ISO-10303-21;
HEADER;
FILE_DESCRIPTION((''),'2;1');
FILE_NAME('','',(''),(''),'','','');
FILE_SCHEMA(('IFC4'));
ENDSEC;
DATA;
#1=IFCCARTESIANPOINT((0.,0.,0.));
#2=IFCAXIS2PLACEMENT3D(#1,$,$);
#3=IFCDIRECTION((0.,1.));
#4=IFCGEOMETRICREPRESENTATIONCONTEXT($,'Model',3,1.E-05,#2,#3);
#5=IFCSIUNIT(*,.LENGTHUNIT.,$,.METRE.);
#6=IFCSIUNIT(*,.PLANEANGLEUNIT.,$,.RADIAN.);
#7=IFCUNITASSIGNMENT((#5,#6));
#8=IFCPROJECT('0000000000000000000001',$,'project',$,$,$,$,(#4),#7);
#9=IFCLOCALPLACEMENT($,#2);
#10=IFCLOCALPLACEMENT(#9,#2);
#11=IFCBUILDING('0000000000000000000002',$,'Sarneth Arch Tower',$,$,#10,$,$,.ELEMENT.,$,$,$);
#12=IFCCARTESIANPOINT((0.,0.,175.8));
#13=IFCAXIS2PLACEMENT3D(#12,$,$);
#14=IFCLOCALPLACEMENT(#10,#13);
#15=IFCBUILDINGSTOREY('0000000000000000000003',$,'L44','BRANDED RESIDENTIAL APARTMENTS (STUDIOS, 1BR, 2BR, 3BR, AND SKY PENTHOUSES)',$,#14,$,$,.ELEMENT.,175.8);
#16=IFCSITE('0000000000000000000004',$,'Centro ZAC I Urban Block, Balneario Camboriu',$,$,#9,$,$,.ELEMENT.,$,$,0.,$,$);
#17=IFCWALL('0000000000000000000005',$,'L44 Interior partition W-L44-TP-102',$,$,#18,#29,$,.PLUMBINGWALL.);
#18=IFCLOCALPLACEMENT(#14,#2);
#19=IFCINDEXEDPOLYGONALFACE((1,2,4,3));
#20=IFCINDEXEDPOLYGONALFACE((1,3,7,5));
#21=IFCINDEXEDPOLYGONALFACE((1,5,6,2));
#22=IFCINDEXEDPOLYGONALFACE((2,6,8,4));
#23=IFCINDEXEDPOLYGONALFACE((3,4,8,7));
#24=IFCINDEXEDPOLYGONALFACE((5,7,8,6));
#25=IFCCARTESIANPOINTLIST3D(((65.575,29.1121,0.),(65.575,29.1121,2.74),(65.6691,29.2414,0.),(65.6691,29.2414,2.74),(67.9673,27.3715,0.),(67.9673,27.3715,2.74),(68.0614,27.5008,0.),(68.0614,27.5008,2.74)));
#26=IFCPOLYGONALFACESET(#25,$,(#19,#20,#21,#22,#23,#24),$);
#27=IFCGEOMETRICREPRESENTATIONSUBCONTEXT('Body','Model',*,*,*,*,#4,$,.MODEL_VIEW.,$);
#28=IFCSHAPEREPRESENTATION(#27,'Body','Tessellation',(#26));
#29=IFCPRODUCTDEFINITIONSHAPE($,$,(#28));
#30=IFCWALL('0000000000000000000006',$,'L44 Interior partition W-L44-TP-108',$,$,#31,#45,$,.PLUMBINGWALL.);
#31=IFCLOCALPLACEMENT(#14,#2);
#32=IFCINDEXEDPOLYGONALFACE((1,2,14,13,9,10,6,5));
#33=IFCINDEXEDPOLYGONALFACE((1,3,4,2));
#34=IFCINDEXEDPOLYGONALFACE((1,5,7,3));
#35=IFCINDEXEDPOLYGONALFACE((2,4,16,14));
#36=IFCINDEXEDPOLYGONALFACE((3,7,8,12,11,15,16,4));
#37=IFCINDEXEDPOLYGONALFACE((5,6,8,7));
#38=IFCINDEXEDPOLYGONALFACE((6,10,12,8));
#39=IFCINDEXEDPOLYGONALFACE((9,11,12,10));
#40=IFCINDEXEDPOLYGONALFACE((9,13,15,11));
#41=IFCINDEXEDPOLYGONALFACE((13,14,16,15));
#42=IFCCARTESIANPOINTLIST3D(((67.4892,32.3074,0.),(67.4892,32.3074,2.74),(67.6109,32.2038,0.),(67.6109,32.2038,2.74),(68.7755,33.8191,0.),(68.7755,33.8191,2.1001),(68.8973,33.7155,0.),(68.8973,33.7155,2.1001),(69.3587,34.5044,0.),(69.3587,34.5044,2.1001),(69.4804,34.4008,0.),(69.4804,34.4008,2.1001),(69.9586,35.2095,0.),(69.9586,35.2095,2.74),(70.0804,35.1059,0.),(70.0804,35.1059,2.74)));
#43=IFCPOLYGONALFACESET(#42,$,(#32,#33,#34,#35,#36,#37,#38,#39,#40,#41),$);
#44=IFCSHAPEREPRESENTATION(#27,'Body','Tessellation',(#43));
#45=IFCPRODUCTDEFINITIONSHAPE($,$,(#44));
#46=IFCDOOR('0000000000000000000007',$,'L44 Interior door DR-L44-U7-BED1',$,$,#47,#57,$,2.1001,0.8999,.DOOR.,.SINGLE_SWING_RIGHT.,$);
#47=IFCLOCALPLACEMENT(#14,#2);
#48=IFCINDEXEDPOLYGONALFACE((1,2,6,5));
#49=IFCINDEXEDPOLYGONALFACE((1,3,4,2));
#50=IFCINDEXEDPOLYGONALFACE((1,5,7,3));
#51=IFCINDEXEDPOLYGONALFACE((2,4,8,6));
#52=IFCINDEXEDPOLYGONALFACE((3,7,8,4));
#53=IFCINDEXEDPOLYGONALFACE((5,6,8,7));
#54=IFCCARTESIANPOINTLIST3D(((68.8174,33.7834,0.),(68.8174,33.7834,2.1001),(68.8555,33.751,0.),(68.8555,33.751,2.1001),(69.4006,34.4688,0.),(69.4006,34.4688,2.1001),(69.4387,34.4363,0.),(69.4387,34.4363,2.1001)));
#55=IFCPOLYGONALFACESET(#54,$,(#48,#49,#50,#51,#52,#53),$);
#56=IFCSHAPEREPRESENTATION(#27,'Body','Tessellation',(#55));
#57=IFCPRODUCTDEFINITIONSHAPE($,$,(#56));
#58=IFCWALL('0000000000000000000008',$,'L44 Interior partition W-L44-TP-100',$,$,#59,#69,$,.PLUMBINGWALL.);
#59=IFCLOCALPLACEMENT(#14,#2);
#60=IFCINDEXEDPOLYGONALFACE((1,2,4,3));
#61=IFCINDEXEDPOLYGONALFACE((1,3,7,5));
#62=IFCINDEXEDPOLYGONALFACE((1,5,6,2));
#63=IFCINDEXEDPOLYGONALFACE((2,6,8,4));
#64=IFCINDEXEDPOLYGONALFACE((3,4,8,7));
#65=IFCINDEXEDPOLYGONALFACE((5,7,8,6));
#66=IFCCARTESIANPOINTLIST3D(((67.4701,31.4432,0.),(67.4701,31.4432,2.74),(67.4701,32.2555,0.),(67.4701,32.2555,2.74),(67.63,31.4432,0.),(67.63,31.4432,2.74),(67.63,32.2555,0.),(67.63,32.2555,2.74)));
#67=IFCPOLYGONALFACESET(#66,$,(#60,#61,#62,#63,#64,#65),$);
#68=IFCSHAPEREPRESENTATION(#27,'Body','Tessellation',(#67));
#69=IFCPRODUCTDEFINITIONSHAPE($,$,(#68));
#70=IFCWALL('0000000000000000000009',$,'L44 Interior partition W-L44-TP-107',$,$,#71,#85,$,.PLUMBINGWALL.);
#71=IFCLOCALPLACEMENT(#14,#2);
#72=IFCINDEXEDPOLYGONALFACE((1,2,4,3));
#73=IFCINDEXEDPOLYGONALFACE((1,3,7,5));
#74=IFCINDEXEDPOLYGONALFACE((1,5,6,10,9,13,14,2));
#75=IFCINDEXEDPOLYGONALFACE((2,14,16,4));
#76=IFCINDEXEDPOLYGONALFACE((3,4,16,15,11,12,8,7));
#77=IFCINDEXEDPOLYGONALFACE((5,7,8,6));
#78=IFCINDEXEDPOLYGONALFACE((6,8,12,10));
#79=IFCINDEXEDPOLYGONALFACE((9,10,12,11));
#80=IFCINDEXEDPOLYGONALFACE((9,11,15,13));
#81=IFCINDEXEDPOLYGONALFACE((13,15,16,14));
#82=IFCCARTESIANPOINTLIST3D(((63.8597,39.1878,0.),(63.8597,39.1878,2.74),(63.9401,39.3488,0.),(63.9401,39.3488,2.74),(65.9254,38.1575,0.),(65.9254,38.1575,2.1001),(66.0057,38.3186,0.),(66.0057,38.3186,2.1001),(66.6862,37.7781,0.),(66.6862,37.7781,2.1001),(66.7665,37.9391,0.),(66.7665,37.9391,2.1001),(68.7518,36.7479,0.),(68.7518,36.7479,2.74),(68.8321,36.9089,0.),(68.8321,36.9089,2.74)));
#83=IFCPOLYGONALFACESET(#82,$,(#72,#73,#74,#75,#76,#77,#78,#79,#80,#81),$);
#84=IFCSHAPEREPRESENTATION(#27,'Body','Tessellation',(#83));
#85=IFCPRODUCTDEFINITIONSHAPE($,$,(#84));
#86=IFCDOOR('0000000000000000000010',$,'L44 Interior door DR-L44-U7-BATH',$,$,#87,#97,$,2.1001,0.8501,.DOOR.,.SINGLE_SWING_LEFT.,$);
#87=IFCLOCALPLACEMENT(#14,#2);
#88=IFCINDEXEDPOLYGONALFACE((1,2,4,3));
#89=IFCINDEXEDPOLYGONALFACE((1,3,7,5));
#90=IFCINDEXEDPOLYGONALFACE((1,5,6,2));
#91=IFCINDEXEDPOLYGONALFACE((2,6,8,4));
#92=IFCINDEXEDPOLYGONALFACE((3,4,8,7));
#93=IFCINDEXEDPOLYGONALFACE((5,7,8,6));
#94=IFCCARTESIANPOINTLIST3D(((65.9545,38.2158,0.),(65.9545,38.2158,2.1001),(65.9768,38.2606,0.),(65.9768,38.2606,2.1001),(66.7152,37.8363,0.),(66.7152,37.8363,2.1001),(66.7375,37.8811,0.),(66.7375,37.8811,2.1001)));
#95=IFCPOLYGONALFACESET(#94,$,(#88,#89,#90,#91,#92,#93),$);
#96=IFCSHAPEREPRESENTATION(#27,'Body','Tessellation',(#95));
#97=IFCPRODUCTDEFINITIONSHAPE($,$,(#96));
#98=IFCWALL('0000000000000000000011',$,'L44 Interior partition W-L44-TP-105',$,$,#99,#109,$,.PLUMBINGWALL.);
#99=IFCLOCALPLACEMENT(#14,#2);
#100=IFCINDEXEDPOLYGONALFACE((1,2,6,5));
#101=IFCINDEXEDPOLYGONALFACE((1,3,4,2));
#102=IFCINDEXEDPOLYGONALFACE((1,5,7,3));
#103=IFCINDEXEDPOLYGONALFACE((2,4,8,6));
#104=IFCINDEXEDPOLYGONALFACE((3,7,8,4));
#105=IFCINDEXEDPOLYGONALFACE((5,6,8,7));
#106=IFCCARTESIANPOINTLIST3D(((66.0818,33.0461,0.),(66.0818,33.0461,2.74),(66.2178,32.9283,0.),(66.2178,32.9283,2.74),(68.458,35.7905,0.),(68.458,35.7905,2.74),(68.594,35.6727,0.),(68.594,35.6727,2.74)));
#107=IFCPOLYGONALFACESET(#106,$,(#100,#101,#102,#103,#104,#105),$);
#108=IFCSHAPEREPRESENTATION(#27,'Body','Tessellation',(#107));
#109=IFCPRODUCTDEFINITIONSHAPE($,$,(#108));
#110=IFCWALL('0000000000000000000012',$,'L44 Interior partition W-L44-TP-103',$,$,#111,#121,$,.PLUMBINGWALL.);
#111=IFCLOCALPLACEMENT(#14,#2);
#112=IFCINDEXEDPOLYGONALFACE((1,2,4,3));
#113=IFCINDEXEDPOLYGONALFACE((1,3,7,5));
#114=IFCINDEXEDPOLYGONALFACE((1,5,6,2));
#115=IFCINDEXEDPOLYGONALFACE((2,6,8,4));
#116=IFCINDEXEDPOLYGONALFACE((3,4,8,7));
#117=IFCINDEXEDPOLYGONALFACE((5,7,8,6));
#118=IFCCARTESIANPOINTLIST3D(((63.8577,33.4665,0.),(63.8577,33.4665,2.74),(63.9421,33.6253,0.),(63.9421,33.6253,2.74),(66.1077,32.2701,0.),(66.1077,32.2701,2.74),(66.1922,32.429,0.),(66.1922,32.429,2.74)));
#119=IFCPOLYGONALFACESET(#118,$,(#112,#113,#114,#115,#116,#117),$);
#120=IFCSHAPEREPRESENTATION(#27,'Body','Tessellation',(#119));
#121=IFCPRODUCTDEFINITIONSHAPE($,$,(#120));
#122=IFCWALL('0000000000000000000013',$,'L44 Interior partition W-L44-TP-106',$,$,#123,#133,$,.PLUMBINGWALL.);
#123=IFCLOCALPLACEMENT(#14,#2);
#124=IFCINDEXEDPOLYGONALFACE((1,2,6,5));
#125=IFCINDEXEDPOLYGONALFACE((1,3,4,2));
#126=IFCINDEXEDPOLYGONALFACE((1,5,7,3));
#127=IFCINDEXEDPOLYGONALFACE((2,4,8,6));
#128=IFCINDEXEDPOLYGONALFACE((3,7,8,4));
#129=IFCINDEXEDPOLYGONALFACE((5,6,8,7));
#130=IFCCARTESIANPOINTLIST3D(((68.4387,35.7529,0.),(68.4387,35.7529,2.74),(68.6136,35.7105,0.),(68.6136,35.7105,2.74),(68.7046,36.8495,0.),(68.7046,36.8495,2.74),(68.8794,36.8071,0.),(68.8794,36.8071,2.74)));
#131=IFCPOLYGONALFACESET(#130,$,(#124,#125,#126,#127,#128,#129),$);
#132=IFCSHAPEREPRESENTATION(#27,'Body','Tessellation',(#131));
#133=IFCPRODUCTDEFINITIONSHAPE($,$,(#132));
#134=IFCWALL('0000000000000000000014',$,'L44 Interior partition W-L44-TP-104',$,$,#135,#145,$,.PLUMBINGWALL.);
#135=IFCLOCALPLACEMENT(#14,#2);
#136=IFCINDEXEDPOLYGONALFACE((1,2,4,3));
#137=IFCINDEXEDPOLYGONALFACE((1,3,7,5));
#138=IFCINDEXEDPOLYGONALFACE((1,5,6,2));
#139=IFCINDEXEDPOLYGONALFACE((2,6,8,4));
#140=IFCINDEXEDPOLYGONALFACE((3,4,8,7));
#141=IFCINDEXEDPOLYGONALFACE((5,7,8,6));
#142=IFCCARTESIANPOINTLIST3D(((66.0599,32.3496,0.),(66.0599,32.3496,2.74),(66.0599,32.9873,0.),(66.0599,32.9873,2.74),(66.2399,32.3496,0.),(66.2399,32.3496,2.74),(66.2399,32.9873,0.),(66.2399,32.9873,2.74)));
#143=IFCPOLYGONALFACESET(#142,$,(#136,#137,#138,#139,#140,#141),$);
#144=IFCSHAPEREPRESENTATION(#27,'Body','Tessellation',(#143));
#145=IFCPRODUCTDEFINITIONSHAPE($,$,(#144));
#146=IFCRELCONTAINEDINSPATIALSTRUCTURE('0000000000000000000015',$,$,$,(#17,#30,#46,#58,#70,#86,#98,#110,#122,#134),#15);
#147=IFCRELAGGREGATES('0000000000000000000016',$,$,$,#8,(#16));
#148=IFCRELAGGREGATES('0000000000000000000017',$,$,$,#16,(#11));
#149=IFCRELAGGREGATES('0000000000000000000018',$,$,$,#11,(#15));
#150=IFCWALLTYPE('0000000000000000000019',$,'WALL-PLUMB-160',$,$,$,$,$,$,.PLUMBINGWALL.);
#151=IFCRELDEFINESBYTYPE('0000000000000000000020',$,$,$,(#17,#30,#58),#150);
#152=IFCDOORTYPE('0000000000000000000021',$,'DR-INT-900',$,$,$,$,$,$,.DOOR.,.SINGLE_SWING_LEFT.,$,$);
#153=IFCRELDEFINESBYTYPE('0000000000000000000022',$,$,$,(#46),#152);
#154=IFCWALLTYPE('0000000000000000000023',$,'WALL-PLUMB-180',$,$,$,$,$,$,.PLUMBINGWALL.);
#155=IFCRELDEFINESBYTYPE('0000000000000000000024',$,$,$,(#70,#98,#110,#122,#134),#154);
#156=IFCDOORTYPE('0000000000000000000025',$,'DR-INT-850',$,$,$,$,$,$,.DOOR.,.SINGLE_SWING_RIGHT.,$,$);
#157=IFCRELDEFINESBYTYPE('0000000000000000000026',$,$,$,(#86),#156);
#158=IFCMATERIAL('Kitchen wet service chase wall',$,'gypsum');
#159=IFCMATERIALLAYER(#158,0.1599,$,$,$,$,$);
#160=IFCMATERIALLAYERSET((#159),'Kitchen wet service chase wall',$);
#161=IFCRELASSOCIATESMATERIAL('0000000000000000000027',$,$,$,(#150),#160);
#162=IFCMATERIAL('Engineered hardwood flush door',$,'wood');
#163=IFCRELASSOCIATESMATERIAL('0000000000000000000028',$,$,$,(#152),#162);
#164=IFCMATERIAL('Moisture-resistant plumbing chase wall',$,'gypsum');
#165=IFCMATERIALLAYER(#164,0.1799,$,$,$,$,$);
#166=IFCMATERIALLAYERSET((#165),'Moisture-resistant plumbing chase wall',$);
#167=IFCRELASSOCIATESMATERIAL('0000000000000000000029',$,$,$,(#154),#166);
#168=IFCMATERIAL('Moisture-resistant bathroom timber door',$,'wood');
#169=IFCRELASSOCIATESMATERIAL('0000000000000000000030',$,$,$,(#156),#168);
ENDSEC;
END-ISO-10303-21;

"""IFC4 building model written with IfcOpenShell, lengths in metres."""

from ifc_helpers import new_model, si_unit, direction, frame, frame_2d, origin, place, context, subcontext, project, spatial, rectangle, extrude, material, layer, layer_set, type_object, element, fill, save


model = new_model("IFC4")

# Units and contexts
model_context = context("Model", 3, precision=1e-05, world=origin(), true_north=direction((0.0, 1.0)))
body_context = subcontext(model_context, "Body", "Model", "MODEL_VIEW")
ifc_project = project(units=[si_unit("LENGTHUNIT", "METRE"), si_unit("PLANEANGLEUNIT", "RADIAN")], contexts=[model_context])

# Site, building, storey
site_placement = place(None, origin())
site = spatial("IfcSite", under=ifc_project, at=site_placement, Name="Centro ZAC I Urban Block, Balneario Camboriu", CompositionType="ELEMENT", RefElevation=0.0)
building_placement = place(site_placement, origin())
building = spatial("IfcBuilding", under=site, at=building_placement, Name="Sarneth Arch Tower", CompositionType="ELEMENT")
storey_placement = place(building_placement, frame((0.0, 0.0, 175.8)))
storey = spatial("IfcBuildingStorey", under=building, at=storey_placement, Name="L44", Description="BRANDED RESIDENTIAL APARTMENTS (STUDIOS, 1BR, 2BR, 3BR, AND SKY PENTHOUSES)", CompositionType="ELEMENT", Elevation=175.8)

# Shared definitions
ifc_material_1 = material(Name="Kitchen wet service chase wall", Category="gypsum")
ifc_layer_1 = layer(ifc_material_1, 0.1599)
ifc_layer_set_1 = layer_set([ifc_layer_1], Name="Kitchen wet service chase wall")
wall_type_1 = type_object("IfcWallType", Name="WALL-PLUMB-160", PredefinedType="PLUMBINGWALL", material=ifc_layer_set_1)

# Shared definitions
ifc_material_2 = material(Name="Engineered hardwood flush door", Category="wood")
door_type_1 = type_object("IfcDoorType", Name="DR-INT-900", OperationType="SINGLE_SWING_LEFT", PredefinedType="DOOR", material=ifc_material_2)

# Wall
wall_1_placement = place(storey_placement, frame((65.6221, 29.1768, 0.0), z_axis=(0.0, 0.0, 1.0), x_axis=(0.8086, -0.588358, 0.0)))
element("IfcWall", 1, at=wall_1_placement, inside=storey, type_object=wall_type_1, Name="L44 Interior partition W-L44-TP-102", PredefinedType="PLUMBINGWALL", context=body_context, shape_type="SweptSolid", body=[
    extrude(rectangle(XDim=2.9585, YDim=0.1599, at=frame_2d((1.4792, 0.0))), origin(), (0.0, 0.0, 1.0), 2.74),
])

# Wall, opening, door
wall_2_placement = place(storey_placement, frame((67.55, 32.2556, 0.0), z_axis=(0.0, 0.0, 1.0), x_axis=(0.648059, 0.76159, 0.0)))
wall_2 = element("IfcWall", 2, at=wall_2_placement, inside=storey, type_object=wall_type_1, Name="L44 Interior partition W-L44-TP-108", PredefinedType="PLUMBINGWALL", context=body_context, shape_type="SweptSolid", body=[
    extrude(rectangle(XDim=3.8105, YDim=0.1599, at=frame_2d((1.9053, 0.0))), origin(), (0.0, 0.0, 1.0), 2.74),
])
opening_1_placement = place(wall_2_placement, frame((1.9849, 0.0, 0.0)))
opening_1 = element("IfcOpeningElement", 3, at=opening_1_placement, cuts=wall_2, PredefinedType="OPENING", context=body_context, shape_type="SweptSolid", body=[
    extrude(rectangle(XDim=0.8999, YDim=2.1001, at=frame_2d((0.45, 1.05))), frame((0.0, 0.0898, 0.0), z_axis=(0.0, -1.0, 0.0), x_axis=(1.0, 0.0, 0.0)), (0.0, 0.0, 1.0), 0.1799),
])
door_1_placement = place(opening_1_placement, origin())
door_1 = element("IfcDoor", 4, at=door_1_placement, inside=storey, type_object=door_type_1, Name="L44 Interior door DR-L44-U7-BED1", OperationType="SINGLE_SWING_RIGHT", OverallHeight=2.1001, OverallWidth=0.8999, PredefinedType="DOOR", context=body_context, shape_type="SweptSolid", body=[
    extrude(rectangle(XDim=0.8999, YDim=2.1001, at=frame_2d((0.45, 1.05))), frame((0.0, 0.0249, 0.0), z_axis=(0.0, -1.0, 0.0), x_axis=(1.0, 0.0, 0.0)), (0.0, 0.0, 1.0), 0.05),
])
fill(opening_1, door_1)

# Wall
wall_3_placement = place(storey_placement, frame((67.55, 32.2556, 0.0), z_axis=(0.0, 0.0, 1.0), x_axis=(0.0, -1.0, 0.0)))
element("IfcWall", 5, at=wall_3_placement, inside=storey, type_object=wall_type_1, Name="L44 Interior partition W-L44-TP-100", PredefinedType="PLUMBINGWALL", context=body_context, shape_type="SweptSolid", body=[
    extrude(rectangle(XDim=0.8123, YDim=0.1599, at=frame_2d((0.4062, 0.0))), origin(), (0.0, 0.0, 1.0), 2.74),
])

# Wall, opening, door
ifc_material_3 = material(Name="Moisture-resistant plumbing chase wall", Category="gypsum")
ifc_layer_2 = layer(ifc_material_3, 0.1799)
ifc_layer_set_2 = layer_set([ifc_layer_2], Name="Moisture-resistant plumbing chase wall")
wall_type_2 = type_object("IfcWallType", Name="WALL-PLUMB-180", PredefinedType="PLUMBINGWALL", material=ifc_layer_set_2)
wall_4_placement = place(storey_placement, frame((68.792, 36.8284, 0.0), z_axis=(0.0, 0.0, 1.0), x_axis=(-0.894873, 0.44632, 0.0)))
wall_4 = element("IfcWall", 6, at=wall_4_placement, inside=storey, type_object=wall_type_2, Name="L44 Interior partition W-L44-TP-107", PredefinedType="PLUMBINGWALL", context=body_context, shape_type="SweptSolid", body=[
    extrude(rectangle(XDim=5.4668, YDim=0.1799, at=frame_2d((2.7334, 0.0))), origin(), (0.0, 0.0, 1.0), 2.74),
])
opening_2_placement = place(wall_4_placement, frame((2.3083, 0.0, 0.0)))
opening_2 = element("IfcOpeningElement", 7, at=opening_2_placement, cuts=wall_4, PredefinedType="OPENING", context=body_context, shape_type="SweptSolid", body=[
    extrude(rectangle(XDim=0.8501, YDim=2.1001, at=frame_2d((0.425, 1.05))), frame((0.0, 0.0999, 0.0), z_axis=(0.0, -1.0, 0.0), x_axis=(1.0, 0.0, 0.0)), (0.0, 0.0, 1.0), 0.2),
])
ifc_material_4 = material(Name="Moisture-resistant bathroom timber door", Category="wood")
door_type_2 = type_object("IfcDoorType", Name="DR-INT-850", OperationType="SINGLE_SWING_RIGHT", PredefinedType="DOOR", material=ifc_material_4)
door_2_placement = place(opening_2_placement, origin())
door_2 = element("IfcDoor", 8, at=door_2_placement, inside=storey, type_object=door_type_2, Name="L44 Interior door DR-L44-U7-BATH", OperationType="SINGLE_SWING_LEFT", OverallHeight=2.1001, OverallWidth=0.8501, PredefinedType="DOOR", context=body_context, shape_type="SweptSolid", body=[
    extrude(rectangle(XDim=0.8501, YDim=2.1001, at=frame_2d((0.425, 1.05))), frame((0.0, 0.0249, 0.0), z_axis=(0.0, -1.0, 0.0), x_axis=(1.0, 0.0, 0.0)), (0.0, 0.0, 1.0), 0.05),
])
fill(opening_2, door_2)

# Walls
wall_5_placement = place(storey_placement, frame((66.1499, 32.9873, 0.0), z_axis=(0.0, 0.0, 1.0), x_axis=(0.654577, 0.755995, 0.0)))
element("IfcWall", 9, at=wall_5_placement, inside=storey, type_object=wall_type_2, Name="L44 Interior partition W-L44-TP-105", PredefinedType="PLUMBINGWALL", context=body_context, shape_type="SweptSolid", body=[
    extrude(rectangle(XDim=3.6301, YDim=0.1799, at=frame_2d((1.8149, 0.0))), origin(), (0.0, 0.0, 1.0), 2.74),
])
wall_6_placement = place(storey_placement, frame((63.8999, 33.5459, 0.0), z_axis=(0.0, 0.0, 1.0), x_axis=(0.882957, -0.469454, 0.0)))
element("IfcWall", 10, at=wall_6_placement, inside=storey, type_object=wall_type_2, Name="L44 Interior partition W-L44-TP-103", PredefinedType="PLUMBINGWALL", context=body_context, shape_type="SweptSolid", body=[
    extrude(rectangle(XDim=2.5483, YDim=0.1799, at=frame_2d((1.2742, 0.0))), origin(), (0.0, 0.0, 1.0), 2.74),
])
wall_7_placement = place(storey_placement, frame((68.5261, 35.7317, 0.0), z_axis=(0.0, 0.0, 1.0), x_axis=(0.235606, 0.971849, 0.0)))
element("IfcWall", 11, at=wall_7_placement, inside=storey, type_object=wall_type_2, Name="L44 Interior partition W-L44-TP-106", PredefinedType="PLUMBINGWALL", context=body_context, shape_type="SweptSolid", body=[
    extrude(rectangle(XDim=1.1284, YDim=0.1799, at=frame_2d((0.5642, 0.0))), origin(), (0.0, 0.0, 1.0), 2.74),
])
wall_8_placement = place(storey_placement, frame((66.1499, 32.3496, 0.0), z_axis=(0.0, 0.0, 1.0), x_axis=(0.0, 1.0, 0.0)))
element("IfcWall", 12, at=wall_8_placement, inside=storey, type_object=wall_type_2, Name="L44 Interior partition W-L44-TP-104", PredefinedType="PLUMBINGWALL", context=body_context, shape_type="SweptSolid", body=[
    extrude(rectangle(XDim=0.6377, YDim=0.1799, at=frame_2d((0.3188, 0.0))), origin(), (0.0, 0.0, 1.0), 2.74),
])

save(model, "model.ifc")
